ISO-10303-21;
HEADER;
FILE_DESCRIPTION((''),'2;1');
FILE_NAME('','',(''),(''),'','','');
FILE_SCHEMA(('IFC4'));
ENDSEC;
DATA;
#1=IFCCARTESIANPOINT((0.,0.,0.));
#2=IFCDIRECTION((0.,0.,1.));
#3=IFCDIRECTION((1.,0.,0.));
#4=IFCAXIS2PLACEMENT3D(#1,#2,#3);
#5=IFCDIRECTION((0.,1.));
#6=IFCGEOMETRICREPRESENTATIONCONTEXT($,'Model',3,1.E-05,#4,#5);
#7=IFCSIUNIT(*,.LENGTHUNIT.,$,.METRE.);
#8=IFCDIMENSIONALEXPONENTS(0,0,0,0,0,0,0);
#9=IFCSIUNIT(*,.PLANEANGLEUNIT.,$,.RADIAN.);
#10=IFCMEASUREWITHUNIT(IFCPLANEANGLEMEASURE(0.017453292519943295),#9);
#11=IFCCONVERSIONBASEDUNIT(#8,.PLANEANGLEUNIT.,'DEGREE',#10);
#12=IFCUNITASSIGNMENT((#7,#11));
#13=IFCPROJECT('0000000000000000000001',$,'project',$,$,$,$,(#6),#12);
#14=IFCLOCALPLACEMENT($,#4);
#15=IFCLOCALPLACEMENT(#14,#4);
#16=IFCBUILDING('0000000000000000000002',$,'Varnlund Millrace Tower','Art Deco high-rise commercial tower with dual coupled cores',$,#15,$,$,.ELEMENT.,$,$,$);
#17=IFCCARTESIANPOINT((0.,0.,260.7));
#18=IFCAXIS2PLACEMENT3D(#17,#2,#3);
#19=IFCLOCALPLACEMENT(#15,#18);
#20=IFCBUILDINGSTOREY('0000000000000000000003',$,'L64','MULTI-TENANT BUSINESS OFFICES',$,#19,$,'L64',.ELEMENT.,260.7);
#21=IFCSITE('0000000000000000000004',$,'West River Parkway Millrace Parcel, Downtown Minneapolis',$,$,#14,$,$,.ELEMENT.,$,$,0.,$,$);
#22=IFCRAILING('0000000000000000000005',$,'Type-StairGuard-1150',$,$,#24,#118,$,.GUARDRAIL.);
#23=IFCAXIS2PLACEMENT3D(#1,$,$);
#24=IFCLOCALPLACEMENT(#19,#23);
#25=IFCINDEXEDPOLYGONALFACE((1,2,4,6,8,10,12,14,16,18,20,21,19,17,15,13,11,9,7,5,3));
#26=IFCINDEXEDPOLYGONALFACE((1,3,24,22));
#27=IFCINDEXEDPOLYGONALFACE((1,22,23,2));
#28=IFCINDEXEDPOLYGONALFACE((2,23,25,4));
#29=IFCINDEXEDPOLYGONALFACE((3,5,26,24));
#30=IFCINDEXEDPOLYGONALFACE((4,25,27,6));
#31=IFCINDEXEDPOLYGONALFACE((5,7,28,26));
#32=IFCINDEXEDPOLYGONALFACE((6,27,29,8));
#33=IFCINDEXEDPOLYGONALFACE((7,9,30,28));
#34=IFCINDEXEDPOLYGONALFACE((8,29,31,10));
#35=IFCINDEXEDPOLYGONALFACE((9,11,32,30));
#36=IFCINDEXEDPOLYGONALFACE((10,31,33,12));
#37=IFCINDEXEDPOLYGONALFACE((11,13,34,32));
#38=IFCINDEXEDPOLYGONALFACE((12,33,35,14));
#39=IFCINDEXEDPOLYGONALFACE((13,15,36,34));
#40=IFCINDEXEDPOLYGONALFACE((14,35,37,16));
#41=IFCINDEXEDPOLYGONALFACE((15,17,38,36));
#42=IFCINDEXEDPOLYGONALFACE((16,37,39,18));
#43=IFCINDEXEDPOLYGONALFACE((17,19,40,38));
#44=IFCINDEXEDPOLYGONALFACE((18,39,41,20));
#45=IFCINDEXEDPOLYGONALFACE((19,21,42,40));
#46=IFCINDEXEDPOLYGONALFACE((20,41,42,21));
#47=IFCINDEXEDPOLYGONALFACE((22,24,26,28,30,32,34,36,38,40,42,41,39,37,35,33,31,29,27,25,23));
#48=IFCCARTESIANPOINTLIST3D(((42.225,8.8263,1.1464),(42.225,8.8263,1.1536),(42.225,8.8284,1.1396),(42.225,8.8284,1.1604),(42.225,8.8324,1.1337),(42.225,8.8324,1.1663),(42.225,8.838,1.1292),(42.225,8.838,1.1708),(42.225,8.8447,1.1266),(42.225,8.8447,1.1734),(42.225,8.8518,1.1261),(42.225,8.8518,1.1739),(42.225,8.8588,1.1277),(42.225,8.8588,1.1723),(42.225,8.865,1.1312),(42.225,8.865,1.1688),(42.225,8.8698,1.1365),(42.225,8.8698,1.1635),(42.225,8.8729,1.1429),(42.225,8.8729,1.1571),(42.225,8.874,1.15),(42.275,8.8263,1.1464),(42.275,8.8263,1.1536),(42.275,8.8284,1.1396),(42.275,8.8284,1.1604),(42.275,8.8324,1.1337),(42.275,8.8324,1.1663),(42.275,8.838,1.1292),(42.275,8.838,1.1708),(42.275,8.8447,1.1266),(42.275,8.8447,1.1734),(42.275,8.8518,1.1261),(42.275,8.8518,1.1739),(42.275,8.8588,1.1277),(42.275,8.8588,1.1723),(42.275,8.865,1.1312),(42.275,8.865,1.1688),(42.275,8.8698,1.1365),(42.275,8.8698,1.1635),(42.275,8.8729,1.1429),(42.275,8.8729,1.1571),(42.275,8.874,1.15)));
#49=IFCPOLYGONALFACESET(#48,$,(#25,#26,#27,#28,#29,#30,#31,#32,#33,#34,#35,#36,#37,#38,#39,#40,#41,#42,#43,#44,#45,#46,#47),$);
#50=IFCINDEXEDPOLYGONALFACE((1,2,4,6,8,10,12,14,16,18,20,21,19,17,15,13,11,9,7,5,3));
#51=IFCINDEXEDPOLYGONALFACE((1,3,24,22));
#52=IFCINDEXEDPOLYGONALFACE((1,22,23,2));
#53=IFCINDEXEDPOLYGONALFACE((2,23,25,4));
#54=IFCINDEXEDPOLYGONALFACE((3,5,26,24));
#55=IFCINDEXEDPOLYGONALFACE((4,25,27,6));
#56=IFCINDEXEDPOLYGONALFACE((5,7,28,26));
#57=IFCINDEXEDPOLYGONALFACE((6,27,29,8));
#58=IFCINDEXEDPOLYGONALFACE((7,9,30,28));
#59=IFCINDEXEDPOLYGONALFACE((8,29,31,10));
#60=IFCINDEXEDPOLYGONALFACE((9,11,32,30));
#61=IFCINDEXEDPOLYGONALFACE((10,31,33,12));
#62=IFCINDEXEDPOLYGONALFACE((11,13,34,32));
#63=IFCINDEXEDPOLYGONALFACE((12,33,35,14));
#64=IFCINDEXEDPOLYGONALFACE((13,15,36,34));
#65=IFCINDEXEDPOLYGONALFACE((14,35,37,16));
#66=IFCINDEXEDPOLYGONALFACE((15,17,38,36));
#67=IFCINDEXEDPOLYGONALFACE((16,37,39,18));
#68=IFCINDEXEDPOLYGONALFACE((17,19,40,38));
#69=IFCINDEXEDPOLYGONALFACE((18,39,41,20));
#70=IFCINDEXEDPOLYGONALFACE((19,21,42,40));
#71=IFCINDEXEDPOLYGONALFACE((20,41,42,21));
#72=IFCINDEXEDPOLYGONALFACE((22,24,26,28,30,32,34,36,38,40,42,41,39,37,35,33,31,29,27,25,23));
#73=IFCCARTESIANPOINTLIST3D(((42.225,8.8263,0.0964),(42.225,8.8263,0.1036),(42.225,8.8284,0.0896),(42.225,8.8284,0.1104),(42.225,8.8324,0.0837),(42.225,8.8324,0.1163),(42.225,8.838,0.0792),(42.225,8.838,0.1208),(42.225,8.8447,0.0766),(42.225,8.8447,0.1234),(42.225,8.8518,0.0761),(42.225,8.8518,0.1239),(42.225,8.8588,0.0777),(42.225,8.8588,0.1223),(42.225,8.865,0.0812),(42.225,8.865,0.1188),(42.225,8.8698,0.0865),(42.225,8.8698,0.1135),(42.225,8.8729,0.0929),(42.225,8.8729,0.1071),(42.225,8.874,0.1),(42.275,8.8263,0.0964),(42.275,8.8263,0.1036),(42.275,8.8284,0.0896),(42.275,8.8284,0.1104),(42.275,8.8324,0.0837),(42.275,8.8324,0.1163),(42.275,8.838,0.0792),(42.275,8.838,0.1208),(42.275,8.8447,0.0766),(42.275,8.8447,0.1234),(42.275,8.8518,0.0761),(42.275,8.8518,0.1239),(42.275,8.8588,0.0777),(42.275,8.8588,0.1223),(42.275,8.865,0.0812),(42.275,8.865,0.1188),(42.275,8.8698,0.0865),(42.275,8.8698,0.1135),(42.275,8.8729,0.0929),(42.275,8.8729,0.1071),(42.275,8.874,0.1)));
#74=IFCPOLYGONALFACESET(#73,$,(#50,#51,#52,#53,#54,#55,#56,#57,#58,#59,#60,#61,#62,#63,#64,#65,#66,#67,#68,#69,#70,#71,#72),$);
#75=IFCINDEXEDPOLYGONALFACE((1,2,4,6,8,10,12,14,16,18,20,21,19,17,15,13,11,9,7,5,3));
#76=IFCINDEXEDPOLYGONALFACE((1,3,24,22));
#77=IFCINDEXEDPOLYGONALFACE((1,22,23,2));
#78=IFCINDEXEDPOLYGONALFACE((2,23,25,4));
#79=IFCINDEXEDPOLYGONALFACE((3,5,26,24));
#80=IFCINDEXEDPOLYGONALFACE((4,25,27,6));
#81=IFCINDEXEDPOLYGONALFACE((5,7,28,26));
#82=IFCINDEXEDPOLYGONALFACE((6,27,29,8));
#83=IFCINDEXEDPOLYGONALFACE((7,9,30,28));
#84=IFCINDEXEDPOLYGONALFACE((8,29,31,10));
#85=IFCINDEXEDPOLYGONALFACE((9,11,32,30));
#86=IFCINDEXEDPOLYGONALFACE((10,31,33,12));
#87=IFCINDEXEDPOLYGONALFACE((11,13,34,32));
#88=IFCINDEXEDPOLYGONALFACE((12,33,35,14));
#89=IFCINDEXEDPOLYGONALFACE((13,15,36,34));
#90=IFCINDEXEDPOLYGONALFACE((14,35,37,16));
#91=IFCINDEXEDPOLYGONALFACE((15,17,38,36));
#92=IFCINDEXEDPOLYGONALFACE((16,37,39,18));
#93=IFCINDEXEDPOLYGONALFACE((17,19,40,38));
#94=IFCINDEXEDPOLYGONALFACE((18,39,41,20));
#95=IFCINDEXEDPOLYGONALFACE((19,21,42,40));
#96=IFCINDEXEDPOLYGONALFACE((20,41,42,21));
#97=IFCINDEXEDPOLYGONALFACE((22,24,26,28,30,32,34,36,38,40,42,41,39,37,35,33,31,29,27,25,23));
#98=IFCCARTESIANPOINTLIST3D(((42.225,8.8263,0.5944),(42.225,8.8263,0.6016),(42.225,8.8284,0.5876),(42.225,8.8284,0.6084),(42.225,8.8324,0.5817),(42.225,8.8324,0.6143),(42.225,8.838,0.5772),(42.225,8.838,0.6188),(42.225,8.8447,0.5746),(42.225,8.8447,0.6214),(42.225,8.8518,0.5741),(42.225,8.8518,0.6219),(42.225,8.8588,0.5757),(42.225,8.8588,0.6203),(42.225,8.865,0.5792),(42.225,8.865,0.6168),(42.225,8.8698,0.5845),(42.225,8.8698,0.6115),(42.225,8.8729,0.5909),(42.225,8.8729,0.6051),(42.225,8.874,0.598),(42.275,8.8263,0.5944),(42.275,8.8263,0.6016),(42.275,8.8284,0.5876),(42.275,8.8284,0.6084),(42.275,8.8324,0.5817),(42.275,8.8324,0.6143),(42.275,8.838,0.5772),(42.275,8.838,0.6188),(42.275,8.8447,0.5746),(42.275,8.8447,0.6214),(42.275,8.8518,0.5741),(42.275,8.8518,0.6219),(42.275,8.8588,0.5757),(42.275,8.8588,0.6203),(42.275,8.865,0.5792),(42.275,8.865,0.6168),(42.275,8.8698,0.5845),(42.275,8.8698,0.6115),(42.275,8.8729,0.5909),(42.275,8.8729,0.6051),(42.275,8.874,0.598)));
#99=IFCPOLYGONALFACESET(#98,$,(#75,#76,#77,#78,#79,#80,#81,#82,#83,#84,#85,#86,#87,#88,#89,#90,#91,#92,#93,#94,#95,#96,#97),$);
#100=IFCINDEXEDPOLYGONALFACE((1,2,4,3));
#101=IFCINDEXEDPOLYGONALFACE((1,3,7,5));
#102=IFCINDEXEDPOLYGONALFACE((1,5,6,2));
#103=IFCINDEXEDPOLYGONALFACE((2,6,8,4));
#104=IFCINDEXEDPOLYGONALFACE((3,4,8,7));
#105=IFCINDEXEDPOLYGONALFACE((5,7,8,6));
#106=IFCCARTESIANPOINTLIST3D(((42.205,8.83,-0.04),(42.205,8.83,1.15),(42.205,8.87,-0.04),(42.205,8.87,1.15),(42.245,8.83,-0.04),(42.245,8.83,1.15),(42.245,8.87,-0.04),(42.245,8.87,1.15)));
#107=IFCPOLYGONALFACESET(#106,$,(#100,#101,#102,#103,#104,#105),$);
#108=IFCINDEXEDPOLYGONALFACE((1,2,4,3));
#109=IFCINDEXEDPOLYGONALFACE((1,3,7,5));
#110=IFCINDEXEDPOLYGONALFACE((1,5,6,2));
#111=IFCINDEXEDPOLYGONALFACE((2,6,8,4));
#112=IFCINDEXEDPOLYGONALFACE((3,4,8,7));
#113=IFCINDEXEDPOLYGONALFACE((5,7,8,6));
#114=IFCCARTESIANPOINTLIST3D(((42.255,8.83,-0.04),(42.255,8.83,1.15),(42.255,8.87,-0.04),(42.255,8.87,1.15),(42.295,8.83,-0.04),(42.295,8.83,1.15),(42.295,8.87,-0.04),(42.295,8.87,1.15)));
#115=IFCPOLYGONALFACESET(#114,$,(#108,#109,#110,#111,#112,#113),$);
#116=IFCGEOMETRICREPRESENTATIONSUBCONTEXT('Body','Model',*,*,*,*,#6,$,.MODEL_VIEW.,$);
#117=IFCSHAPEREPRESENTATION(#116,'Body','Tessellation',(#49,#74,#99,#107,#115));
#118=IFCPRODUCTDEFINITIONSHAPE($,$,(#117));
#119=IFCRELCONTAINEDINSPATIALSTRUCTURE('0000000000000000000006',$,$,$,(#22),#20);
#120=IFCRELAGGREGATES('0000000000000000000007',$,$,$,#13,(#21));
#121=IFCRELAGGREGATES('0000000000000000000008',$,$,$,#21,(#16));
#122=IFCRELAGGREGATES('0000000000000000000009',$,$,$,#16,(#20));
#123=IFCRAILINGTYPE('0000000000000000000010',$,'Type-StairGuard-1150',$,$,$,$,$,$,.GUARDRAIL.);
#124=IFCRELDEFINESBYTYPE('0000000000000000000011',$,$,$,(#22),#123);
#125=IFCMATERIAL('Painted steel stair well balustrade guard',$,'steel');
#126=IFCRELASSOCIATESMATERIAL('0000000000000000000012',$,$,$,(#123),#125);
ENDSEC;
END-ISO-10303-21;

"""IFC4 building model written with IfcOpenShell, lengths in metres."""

from ifc_helpers import new_model, entity, si_unit, converted_unit, direction, frame, origin_with_axes, origin_2d_with_axis, place, context, subcontext, project, spatial, rectangle, circle, extrude, material, type_object, element, save


model = new_model("IFC4")

# Units and contexts
model_context = context("Model", 3, precision=1e-05, world=origin_with_axes(), true_north=direction((0.0, 1.0)))
body_context = subcontext(model_context, "Body", "Model", "MODEL_VIEW")
ifc_project = project(units=[si_unit("LENGTHUNIT", "METRE"), converted_unit("PLANEANGLEUNIT", "DEGREE", entity("IfcPlaneAngleMeasure", 0.017453292519943295), si_unit("PLANEANGLEUNIT", "RADIAN"), dimensions=[0, 0, 0, 0, 0, 0, 0])], contexts=[model_context])

# Site, building, storey
site_placement = place(None, origin_with_axes())
site = spatial("IfcSite", under=ifc_project, at=site_placement, Name="West River Parkway Millrace Parcel, Downtown Minneapolis", CompositionType="ELEMENT", RefElevation=0.0)
building_placement = place(site_placement, origin_with_axes())
building = spatial("IfcBuilding", under=site, at=building_placement, Name="Varnlund Millrace Tower", Description="Art Deco high-rise commercial tower with dual coupled cores", CompositionType="ELEMENT")
storey_placement = place(building_placement, frame((0.0, 0.0, 260.7), z_axis=(0.0, 0.0, 1.0), x_axis=(1.0, 0.0, 0.0)))
storey = spatial("IfcBuildingStorey", under=building, at=storey_placement, Name="L64", Description="MULTI-TENANT BUSINESS OFFICES", LongName="L64", CompositionType="ELEMENT", Elevation=260.7)

# Railing
ifc_material_1 = material(Name="Painted steel stair well balustrade guard", Category="steel")
railing_type_1 = type_object("IfcRailingType", Name="Type-StairGuard-1150", PredefinedType="GUARDRAIL", material=ifc_material_1)
railing_1_placement = place(storey_placement, frame((0.0, 0.0, -260.7), z_axis=(0.0, 0.0, 1.0), x_axis=(1.0, 0.0, 0.0)))
element("IfcRailing", 1, at=railing_1_placement, inside=storey, type_object=railing_type_1, Name="Type-StairGuard-1150", PredefinedType="GUARDRAIL", context=body_context, shape_type="SweptSolid", body=[
    extrude(circle(Radius=0.024, at=origin_2d_with_axis()), frame((42.225, 8.85, 261.85), z_axis=(1.0, 0.0, 0.0), x_axis=(0.0, 1.0, 0.0)), (0.0, 0.0, 1.0), 0.05),
    extrude(circle(Radius=0.024, at=origin_2d_with_axis()), frame((42.225, 8.85, 260.8), z_axis=(1.0, 0.0, 0.0), x_axis=(0.0, 1.0, 0.0)), (0.0, 0.0, 1.0), 0.05),
    extrude(circle(Radius=0.024, at=origin_2d_with_axis()), frame((42.225, 8.85, 261.298), z_axis=(1.0, 0.0, 0.0), x_axis=(0.0, 1.0, 0.0)), (0.0, 0.0, 1.0), 0.05),
    extrude(rectangle(XDim=0.04, YDim=0.04, at=origin_2d_with_axis()), frame((42.225, 8.85, 260.66), z_axis=(0.0, 0.0, 1.0), x_axis=(1.0, 0.0, 0.0)), (0.0, 0.0, 1.0), 1.19),
    extrude(rectangle(XDim=0.04, YDim=0.04, at=origin_2d_with_axis()), frame((42.275, 8.85, 260.66), z_axis=(0.0, 0.0, 1.0), x_axis=(1.0, 0.0, 0.0)), (0.0, 0.0, 1.0), 1.19),
])

save(model, "model.ifc")
